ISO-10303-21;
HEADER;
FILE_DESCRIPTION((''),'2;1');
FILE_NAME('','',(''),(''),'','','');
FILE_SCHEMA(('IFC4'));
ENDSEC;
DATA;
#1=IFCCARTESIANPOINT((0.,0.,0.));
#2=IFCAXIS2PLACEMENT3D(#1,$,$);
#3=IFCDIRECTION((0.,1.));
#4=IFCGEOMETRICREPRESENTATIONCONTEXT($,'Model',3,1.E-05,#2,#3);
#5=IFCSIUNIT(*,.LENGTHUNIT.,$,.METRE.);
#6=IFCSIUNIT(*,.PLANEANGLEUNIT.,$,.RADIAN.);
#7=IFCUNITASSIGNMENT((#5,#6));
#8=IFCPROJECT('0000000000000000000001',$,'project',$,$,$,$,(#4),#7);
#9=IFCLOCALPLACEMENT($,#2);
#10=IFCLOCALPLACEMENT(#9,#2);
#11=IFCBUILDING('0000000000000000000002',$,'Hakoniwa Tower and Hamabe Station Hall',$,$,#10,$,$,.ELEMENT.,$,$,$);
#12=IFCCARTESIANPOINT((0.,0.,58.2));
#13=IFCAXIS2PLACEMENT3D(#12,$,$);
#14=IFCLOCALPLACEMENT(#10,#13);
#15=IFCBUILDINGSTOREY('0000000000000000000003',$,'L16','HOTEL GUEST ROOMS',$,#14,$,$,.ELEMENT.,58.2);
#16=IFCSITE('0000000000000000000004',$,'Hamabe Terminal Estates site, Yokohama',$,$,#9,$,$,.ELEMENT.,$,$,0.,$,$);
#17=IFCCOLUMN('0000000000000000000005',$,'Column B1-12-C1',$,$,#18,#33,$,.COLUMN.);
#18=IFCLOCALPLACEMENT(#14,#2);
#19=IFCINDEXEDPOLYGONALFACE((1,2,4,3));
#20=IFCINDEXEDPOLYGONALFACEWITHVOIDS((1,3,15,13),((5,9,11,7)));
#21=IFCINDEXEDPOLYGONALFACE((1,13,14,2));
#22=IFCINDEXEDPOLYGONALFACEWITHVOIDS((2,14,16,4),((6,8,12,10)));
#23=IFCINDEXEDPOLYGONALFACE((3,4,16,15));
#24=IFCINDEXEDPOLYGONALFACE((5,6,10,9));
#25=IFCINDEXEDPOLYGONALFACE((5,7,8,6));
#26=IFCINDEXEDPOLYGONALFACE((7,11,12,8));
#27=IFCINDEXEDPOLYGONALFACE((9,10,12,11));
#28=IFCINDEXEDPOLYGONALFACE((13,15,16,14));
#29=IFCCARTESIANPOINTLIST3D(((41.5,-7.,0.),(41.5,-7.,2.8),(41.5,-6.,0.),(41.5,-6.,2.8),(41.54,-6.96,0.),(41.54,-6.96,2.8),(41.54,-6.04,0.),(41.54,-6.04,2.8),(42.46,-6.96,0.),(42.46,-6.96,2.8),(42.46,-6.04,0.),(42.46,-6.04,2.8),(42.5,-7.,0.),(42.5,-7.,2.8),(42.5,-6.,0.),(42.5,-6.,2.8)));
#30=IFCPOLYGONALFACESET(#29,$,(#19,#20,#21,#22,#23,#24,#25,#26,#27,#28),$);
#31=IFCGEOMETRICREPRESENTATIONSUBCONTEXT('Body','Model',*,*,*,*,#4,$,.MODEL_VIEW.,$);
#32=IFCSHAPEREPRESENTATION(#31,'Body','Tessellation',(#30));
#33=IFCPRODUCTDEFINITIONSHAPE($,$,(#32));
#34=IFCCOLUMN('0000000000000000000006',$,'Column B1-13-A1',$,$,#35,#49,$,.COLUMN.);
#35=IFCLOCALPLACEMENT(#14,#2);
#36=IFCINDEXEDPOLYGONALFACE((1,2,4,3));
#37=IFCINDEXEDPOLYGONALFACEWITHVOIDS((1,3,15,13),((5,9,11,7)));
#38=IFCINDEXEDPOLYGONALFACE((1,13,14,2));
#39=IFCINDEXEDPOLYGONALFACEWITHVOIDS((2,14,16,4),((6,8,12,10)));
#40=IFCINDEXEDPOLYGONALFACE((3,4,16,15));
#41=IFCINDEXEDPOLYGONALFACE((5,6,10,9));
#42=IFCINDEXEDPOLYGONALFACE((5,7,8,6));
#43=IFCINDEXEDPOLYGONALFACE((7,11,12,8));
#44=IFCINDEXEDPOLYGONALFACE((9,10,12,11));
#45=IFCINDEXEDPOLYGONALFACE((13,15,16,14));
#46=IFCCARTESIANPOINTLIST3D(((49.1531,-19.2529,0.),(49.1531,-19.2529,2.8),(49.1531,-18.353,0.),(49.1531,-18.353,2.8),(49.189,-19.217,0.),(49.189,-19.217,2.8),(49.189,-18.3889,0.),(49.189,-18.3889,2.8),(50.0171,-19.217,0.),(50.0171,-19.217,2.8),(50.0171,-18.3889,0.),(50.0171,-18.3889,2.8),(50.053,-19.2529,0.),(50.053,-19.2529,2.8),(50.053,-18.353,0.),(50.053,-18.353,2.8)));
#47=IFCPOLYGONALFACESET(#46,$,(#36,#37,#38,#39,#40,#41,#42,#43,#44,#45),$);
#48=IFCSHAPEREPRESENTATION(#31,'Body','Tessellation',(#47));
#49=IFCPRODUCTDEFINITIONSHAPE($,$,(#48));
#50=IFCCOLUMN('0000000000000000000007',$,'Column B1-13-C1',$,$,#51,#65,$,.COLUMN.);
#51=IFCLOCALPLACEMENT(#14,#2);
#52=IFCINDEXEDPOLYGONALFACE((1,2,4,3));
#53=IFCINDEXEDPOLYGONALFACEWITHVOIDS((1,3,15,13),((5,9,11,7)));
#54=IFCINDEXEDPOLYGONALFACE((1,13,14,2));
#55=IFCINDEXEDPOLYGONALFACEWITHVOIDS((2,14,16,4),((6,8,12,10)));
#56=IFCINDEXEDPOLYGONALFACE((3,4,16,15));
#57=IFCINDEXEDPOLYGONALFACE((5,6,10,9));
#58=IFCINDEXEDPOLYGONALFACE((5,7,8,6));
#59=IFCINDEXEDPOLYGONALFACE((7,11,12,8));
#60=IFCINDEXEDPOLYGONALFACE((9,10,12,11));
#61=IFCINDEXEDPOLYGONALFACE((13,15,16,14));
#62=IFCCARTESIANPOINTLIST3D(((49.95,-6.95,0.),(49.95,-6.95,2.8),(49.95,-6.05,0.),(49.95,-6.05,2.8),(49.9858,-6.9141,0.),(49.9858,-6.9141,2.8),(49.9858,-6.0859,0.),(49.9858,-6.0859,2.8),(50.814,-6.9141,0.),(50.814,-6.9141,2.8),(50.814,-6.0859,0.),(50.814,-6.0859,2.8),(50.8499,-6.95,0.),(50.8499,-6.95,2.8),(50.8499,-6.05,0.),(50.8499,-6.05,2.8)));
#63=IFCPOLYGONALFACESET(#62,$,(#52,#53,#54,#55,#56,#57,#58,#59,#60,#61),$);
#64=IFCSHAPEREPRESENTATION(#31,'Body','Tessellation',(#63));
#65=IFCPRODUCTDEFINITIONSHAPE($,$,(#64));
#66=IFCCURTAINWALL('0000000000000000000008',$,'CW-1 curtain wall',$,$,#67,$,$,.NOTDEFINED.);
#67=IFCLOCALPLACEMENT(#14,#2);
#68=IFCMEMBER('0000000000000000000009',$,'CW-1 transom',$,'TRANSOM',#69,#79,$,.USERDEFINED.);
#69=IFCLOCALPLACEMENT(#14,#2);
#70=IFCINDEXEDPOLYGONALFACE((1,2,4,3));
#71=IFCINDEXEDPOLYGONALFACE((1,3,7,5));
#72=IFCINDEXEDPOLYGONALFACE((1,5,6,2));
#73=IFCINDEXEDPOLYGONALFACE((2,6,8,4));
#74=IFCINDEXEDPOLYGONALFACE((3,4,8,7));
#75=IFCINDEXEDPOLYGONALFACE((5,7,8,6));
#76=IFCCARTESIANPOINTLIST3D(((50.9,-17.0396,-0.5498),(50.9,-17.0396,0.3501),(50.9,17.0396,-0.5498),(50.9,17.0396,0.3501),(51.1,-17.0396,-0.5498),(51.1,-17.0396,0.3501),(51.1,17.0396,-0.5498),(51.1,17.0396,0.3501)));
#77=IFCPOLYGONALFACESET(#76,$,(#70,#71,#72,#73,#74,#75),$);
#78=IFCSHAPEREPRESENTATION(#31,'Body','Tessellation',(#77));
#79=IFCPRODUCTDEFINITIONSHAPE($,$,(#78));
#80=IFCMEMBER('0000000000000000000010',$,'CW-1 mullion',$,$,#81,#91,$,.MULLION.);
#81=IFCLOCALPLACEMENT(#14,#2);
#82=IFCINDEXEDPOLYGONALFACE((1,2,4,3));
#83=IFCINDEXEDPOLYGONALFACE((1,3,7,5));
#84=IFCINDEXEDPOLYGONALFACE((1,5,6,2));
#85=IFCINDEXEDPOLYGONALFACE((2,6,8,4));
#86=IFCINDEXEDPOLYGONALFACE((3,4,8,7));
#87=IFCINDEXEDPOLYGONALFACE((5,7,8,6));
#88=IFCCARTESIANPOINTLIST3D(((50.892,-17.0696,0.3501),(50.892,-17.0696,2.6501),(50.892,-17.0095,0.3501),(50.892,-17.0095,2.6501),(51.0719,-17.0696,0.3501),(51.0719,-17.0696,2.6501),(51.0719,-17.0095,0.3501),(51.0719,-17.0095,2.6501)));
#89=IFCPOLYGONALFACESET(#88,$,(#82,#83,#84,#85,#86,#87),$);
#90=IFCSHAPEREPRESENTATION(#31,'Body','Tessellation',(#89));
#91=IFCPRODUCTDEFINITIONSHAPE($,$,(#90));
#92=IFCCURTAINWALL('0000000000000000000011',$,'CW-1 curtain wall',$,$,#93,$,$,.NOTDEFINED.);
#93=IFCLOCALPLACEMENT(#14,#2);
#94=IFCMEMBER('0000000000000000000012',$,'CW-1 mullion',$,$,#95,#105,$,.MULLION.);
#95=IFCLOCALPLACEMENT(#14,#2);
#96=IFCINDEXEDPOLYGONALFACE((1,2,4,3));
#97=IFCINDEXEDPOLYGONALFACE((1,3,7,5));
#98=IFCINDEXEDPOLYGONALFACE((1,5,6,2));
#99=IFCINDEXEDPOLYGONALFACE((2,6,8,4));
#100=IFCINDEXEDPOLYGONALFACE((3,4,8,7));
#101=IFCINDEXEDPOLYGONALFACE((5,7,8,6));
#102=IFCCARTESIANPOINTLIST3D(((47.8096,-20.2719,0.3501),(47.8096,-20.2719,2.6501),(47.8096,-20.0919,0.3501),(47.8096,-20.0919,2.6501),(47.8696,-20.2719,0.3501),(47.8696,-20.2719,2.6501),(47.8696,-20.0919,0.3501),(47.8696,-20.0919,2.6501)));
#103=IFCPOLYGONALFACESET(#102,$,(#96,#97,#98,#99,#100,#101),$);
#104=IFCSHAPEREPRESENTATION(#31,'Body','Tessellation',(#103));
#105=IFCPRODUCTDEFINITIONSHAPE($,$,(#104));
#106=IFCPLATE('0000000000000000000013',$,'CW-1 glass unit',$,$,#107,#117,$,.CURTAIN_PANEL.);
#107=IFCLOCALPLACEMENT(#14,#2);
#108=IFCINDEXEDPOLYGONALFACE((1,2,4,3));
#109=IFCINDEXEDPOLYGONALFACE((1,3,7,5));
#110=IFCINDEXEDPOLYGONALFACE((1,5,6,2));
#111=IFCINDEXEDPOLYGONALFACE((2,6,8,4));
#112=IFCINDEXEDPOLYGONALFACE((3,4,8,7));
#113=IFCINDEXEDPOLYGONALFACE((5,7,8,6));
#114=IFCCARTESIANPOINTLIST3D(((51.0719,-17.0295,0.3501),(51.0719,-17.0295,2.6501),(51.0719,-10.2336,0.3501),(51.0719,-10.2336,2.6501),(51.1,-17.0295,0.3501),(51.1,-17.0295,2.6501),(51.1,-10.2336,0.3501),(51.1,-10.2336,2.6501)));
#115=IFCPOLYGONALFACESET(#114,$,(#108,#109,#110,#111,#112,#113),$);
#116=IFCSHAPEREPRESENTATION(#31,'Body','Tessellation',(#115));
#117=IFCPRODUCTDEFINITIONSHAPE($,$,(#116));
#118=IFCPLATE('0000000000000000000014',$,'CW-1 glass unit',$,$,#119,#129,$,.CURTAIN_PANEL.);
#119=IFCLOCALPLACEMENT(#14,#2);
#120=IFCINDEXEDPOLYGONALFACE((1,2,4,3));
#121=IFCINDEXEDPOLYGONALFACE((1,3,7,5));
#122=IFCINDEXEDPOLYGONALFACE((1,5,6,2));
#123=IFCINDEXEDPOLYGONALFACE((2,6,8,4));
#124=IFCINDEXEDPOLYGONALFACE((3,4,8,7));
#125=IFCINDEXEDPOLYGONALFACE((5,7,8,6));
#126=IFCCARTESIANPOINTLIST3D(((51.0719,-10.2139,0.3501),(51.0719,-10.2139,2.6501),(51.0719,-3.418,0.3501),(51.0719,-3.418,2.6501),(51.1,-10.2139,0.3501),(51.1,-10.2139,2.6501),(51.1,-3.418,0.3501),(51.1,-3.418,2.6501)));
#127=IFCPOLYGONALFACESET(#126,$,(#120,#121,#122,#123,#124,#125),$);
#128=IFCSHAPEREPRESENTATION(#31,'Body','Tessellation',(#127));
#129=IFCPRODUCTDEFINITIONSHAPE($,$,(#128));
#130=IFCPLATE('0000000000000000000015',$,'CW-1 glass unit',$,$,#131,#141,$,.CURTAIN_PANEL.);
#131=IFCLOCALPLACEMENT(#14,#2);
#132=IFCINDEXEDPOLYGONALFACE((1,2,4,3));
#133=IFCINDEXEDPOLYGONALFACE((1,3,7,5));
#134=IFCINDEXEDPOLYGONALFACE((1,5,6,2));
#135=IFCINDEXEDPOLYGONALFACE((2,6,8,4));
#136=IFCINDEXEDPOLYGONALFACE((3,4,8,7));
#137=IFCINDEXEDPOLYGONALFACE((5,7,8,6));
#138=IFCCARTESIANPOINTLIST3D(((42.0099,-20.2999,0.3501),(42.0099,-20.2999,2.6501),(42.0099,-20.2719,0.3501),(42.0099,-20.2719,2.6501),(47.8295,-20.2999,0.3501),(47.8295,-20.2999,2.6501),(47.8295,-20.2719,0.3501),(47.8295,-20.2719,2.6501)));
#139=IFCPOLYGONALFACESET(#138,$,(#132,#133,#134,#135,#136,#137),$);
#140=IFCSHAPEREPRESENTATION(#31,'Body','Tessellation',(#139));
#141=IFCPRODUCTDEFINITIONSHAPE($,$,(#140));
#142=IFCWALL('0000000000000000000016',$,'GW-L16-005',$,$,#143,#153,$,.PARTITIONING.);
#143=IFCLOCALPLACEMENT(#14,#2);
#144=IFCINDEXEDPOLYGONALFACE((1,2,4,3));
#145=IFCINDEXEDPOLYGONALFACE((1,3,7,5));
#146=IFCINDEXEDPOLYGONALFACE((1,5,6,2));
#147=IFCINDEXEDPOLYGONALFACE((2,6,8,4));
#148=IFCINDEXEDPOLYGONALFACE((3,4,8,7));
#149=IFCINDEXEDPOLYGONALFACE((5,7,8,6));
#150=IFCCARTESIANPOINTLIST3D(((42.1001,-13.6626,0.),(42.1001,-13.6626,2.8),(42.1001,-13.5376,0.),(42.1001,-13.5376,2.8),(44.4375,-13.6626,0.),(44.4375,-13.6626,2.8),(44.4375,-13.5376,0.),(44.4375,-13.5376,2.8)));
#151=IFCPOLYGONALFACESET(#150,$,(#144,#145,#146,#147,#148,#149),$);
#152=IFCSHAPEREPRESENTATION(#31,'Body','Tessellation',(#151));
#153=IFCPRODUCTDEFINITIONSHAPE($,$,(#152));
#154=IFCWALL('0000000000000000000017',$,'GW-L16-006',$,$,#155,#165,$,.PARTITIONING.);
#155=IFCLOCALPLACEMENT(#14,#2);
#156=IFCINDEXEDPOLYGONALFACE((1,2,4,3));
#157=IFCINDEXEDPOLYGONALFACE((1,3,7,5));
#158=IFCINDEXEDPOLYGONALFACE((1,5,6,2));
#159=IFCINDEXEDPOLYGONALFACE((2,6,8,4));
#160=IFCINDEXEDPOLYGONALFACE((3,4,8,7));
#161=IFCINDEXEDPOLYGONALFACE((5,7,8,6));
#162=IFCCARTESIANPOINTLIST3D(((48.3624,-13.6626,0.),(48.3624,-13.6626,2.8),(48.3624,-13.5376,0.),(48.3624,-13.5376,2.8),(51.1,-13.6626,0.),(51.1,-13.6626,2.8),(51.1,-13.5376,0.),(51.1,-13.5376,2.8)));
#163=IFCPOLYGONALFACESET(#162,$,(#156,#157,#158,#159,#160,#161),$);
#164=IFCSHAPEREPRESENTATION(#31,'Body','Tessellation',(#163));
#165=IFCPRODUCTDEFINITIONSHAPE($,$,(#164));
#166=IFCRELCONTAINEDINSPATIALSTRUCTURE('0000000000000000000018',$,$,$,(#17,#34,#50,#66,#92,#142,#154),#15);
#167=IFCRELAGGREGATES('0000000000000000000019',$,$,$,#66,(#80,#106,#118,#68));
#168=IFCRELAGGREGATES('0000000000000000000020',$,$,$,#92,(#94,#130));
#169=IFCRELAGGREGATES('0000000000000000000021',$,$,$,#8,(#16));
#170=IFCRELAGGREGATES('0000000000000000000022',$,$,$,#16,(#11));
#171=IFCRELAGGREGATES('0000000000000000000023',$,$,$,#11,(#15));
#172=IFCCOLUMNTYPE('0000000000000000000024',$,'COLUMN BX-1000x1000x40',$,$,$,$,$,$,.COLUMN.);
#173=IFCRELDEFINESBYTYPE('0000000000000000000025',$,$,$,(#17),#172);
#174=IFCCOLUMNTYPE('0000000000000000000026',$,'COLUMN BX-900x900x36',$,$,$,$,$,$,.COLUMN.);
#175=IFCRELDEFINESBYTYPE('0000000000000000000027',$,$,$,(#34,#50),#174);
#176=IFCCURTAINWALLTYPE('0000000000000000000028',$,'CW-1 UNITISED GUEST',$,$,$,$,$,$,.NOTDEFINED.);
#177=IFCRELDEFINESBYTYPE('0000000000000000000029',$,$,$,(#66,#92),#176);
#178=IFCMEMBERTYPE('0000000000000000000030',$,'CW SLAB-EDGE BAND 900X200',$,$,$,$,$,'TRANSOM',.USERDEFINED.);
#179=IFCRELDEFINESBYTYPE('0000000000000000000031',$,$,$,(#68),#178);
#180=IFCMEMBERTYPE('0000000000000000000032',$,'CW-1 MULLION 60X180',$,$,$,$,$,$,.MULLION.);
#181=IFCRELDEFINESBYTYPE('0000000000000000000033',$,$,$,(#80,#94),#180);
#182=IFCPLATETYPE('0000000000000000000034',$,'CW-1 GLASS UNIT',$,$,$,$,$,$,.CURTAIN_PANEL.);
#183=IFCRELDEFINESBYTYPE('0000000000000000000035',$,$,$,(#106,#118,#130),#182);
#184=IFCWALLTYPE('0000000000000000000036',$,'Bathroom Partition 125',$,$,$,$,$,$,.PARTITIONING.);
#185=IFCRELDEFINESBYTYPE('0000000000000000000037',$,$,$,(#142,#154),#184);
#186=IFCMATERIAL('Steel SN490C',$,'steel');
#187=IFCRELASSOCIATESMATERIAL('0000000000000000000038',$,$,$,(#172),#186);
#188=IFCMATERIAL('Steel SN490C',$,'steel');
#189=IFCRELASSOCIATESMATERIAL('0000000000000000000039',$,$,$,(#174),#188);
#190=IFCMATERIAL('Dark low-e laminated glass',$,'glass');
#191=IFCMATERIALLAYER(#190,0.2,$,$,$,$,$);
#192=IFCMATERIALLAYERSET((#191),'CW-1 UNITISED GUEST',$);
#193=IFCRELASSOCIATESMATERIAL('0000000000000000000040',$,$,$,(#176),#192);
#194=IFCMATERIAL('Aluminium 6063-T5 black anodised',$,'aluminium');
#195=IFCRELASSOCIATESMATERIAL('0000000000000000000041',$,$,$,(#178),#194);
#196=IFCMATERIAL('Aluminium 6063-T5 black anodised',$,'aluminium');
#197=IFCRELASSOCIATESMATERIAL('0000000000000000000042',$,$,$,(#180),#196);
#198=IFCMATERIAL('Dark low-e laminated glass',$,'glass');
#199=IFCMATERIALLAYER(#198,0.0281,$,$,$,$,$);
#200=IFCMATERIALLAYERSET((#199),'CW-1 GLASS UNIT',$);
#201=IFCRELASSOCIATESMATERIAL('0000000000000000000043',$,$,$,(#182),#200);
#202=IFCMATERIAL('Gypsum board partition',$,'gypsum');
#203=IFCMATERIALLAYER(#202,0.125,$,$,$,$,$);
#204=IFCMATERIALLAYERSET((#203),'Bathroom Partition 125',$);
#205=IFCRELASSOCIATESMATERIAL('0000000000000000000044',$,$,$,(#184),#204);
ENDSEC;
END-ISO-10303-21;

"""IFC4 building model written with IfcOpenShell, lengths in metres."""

from ifc_helpers import new_model, si_unit, direction, frame, frame_2d, origin, origin_2d, place, context, subcontext, project, spatial, rectangle, hollow_rectangle, extrude, material, layer, layer_set, material_profile, profile_set, type_object, element, aggregate, save


model = new_model("IFC4")

# Units and contexts
model_context = context("Model", 3, precision=1e-05, world=origin(), true_north=direction((0.0, 1.0)))
body_context = subcontext(model_context, "Body", "Model", "MODEL_VIEW")
ifc_project = project(units=[si_unit("LENGTHUNIT", "METRE"), si_unit("PLANEANGLEUNIT", "RADIAN")], contexts=[model_context])

# Site, building, storey
site_placement = place(None, origin())
site = spatial("IfcSite", under=ifc_project, at=site_placement, Name="Hamabe Terminal Estates site, Yokohama", CompositionType="ELEMENT", RefElevation=0.0)
building_placement = place(site_placement, origin())
building = spatial("IfcBuilding", under=site, at=building_placement, Name="Hakoniwa Tower and Hamabe Station Hall", CompositionType="ELEMENT")
storey_placement = place(building_placement, frame((0.0, 0.0, 58.2)))
storey = spatial("IfcBuildingStorey", under=building, at=storey_placement, Name="L16", Description="HOTEL GUEST ROOMS", CompositionType="ELEMENT", Elevation=58.2)

# Columns
ifc_material_1 = material(Name="Steel SN490C", Category="steel")
ifc_material_profile_1 = material_profile(ifc_material_1, hollow_rectangle(XDim=1.0, YDim=1.0, WallThickness=0.04, at=origin_2d()), Name="BX-1000x1000x40")
ifc_profile_set_1 = profile_set([ifc_material_profile_1], Name="Steel SN490C")
column_type_1 = type_object("IfcColumnType", Name="COLUMN BX-1000x1000x40", PredefinedType="COLUMN", material=ifc_profile_set_1)
column_placement = place(storey_placement, frame((42.0, -6.5, 0.0), z_axis=(0.0, 0.0, 1.0), x_axis=(1.0, 0.0, 0.0)))
element("IfcColumn", 1, at=column_placement, inside=storey, type_object=column_type_1, Name="Column B1-12-C1", PredefinedType="COLUMN", context=body_context, shape_type="SweptSolid", body=[
    extrude(hollow_rectangle(XDim=1.0, YDim=1.0, WallThickness=0.04, at=origin_2d()), origin(), (0.0, 0.0, 1.0), 2.8),
])
ifc_material_2 = material(Name="Steel SN490C", Category="steel")
ifc_material_profile_2 = material_profile(ifc_material_2, hollow_rectangle(XDim=0.8999, YDim=0.8999, WallThickness=0.0359, at=origin_2d()), Name="BX-900x900x36")
ifc_profile_set_2 = profile_set([ifc_material_profile_2], Name="Steel SN490C")
column_type_2 = type_object("IfcColumnType", Name="COLUMN BX-900x900x36", PredefinedType="COLUMN", material=ifc_profile_set_2)
for number, where, z_axis, x_axis, name in (
    (2, (49.603, -18.803, 0.0), (0.0, 0.0, 1.0), (1.0, 0.0, 0.0), "Column B1-13-A1"),
    (3, (50.3999, -6.5, 0.0), (0.0, 0.0, 1.0), (1.0, 0.0, 0.0), "Column B1-13-C1"),
):
    element("IfcColumn", number, at=place(storey_placement, frame(where, z_axis=z_axis, x_axis=x_axis)), inside=storey, type_object=column_type_2, Name=name, PredefinedType="COLUMN", context=body_context, shape_type="SweptSolid", body=[
        extrude(hollow_rectangle(XDim=0.8999, YDim=0.8999, WallThickness=0.0359, at=origin_2d()), origin(), (0.0, 0.0, 1.0), 2.8),
    ])

# Curtain wall, members
ifc_material_3 = material(Name="Dark low-e laminated glass", Category="glass")
ifc_layer_1 = layer(ifc_material_3, 0.2)
ifc_layer_set_1 = layer_set([ifc_layer_1], Name="CW-1 UNITISED GUEST")
curtain_wall_type = type_object("IfcCurtainWallType", Name="CW-1 UNITISED GUEST", PredefinedType="NOTDEFINED", material=ifc_layer_set_1)
curtain_wall_1_placement = place(storey_placement, origin())
curtain_wall_1 = element("IfcCurtainWall", 4, at=curtain_wall_1_placement, inside=storey, type_object=curtain_wall_type, Name="CW-1 curtain wall", PredefinedType="NOTDEFINED")
ifc_material_4 = material(Name="Aluminium 6063-T5 black anodised", Category="aluminium")
ifc_material_profile_3 = material_profile(ifc_material_4, rectangle(XDim=0.2, YDim=0.8999, at=origin_2d()), Name="CW SLAB-EDGE BAND 900X200")
ifc_profile_set_3 = profile_set([ifc_material_profile_3], Name="Aluminium 6063-T5 black anodised")
member_type_1 = type_object("IfcMemberType", Name="CW SLAB-EDGE BAND 900X200", ElementType="TRANSOM", PredefinedType="USERDEFINED", material=ifc_profile_set_3)
member_1_placement = place(storey_placement, frame((51.0, -17.0396, -0.0999), z_axis=(0.0, 1.0, 0.0), x_axis=(-1.0, 0.0, 0.0)))
member_1 = element("IfcMember", 5, at=member_1_placement, type_object=member_type_1, Name="CW-1 transom", ObjectType="TRANSOM", PredefinedType="USERDEFINED", context=body_context, shape_type="SweptSolid", body=[
    extrude(rectangle(XDim=0.2, YDim=0.8999, at=origin_2d()), origin(), (0.0, 0.0, 1.0), 34.0791),
])
ifc_material_5 = material(Name="Aluminium 6063-T5 black anodised", Category="aluminium")
ifc_material_profile_4 = material_profile(ifc_material_5, rectangle(XDim=0.0601, YDim=0.1799, at=origin_2d()), Name="CW-1 MULLION 60X180")
ifc_profile_set_4 = profile_set([ifc_material_profile_4], Name="Aluminium 6063-T5 black anodised")
member_type_2 = type_object("IfcMemberType", Name="CW-1 MULLION 60X180", PredefinedType="MULLION", material=ifc_profile_set_4)
member_2_placement = place(storey_placement, frame((50.9819, -17.0396, 0.3501), z_axis=(0.0, 0.0, 1.0), x_axis=(0.0, 1.0, 0.0)))
member_2 = element("IfcMember", 6, at=member_2_placement, type_object=member_type_2, Name="CW-1 mullion", PredefinedType="MULLION", context=body_context, shape_type="SweptSolid", body=[
    extrude(rectangle(XDim=0.0601, YDim=0.1799, at=origin_2d()), origin(), (0.0, 0.0, 1.0), 2.3),
])

# Curtain wall, member
curtain_wall_2_placement = place(storey_placement, origin())
curtain_wall_2 = element("IfcCurtainWall", 7, at=curtain_wall_2_placement, inside=storey, type_object=curtain_wall_type, Name="CW-1 curtain wall", PredefinedType="NOTDEFINED")
member_3_placement = place(storey_placement, frame((47.8396, -20.1819, 0.3501), z_axis=(0.0, 0.0, 1.0), x_axis=(1.0, 0.0, 0.0)))
member_3 = element("IfcMember", 8, at=member_3_placement, type_object=member_type_2, Name="CW-1 mullion", PredefinedType="MULLION", context=body_context, shape_type="SweptSolid", body=[
    extrude(rectangle(XDim=0.0601, YDim=0.1799, at=origin_2d()), origin(), (0.0, 0.0, 1.0), 2.3),
])

# Plates
ifc_material_6 = material(Name="Dark low-e laminated glass", Category="glass")
ifc_layer_2 = layer(ifc_material_6, 0.0281)
ifc_layer_set_2 = layer_set([ifc_layer_2], Name="CW-1 GLASS UNIT")
plate_type = type_object("IfcPlateType", Name="CW-1 GLASS UNIT", PredefinedType="CURTAIN_PANEL", material=ifc_layer_set_2)
plate_1_placement = place(storey_placement, frame((51.0859, -13.6316, 0.3501), z_axis=(0.0, 0.0, 1.0), x_axis=(0.0, 1.0, 0.0)))
plate_1 = element("IfcPlate", 9, at=plate_1_placement, type_object=plate_type, Name="CW-1 glass unit", PredefinedType="CURTAIN_PANEL", context=body_context, shape_type="SweptSolid", body=[
    extrude(rectangle(XDim=6.7959, YDim=0.0281, at=origin_2d()), origin(), (0.0, 0.0, 1.0), 2.3),
])
plate_2_placement = place(storey_placement, frame((51.0859, -6.8159, 0.3501), z_axis=(0.0, 0.0, 1.0), x_axis=(0.0, 1.0, 0.0)))
plate_2 = element("IfcPlate", 10, at=plate_2_placement, type_object=plate_type, Name="CW-1 glass unit", PredefinedType="CURTAIN_PANEL", context=body_context, shape_type="SweptSolid", body=[
    extrude(rectangle(XDim=6.7959, YDim=0.0281, at=origin_2d()), origin(), (0.0, 0.0, 1.0), 2.3),
])
aggregate(curtain_wall_1, [member_2, plate_1, plate_2, member_1])
plate_3_placement = place(storey_placement, frame((44.9197, -20.2859, 0.3501), z_axis=(0.0, 0.0, 1.0), x_axis=(1.0, 0.0, 0.0)))
plate_3 = element("IfcPlate", 11, at=plate_3_placement, type_object=plate_type, Name="CW-1 glass unit", PredefinedType="CURTAIN_PANEL", context=body_context, shape_type="SweptSolid", body=[
    extrude(rectangle(XDim=5.8196, YDim=0.0281, at=origin_2d()), origin(), (0.0, 0.0, 1.0), 2.3),
])
aggregate(curtain_wall_2, [member_3, plate_3])

# Walls
ifc_material_7 = material(Name="Gypsum board partition", Category="gypsum")
ifc_layer_3 = layer(ifc_material_7, 0.125)
ifc_layer_set_3 = layer_set([ifc_layer_3], Name="Bathroom Partition 125")
wall_type_1 = type_object("IfcWallType", Name="Bathroom Partition 125", PredefinedType="PARTITIONING", material=ifc_layer_set_3)
wall_1_placement = place(storey_placement, frame((42.1001, -13.6001, 0.0), z_axis=(0.0, 0.0, 1.0), x_axis=(1.0, 0.0, 0.0)))
element("IfcWall", 12, at=wall_1_placement, inside=storey, type_object=wall_type_1, Name="GW-L16-005", PredefinedType="PARTITIONING", context=body_context, shape_type="SweptSolid", body=[
    extrude(rectangle(XDim=2.3374, YDim=0.125, at=frame_2d((1.1687, 0.0))), origin(), (0.0, 0.0, 1.0), 2.8),
])
wall_2_placement = place(storey_placement, frame((48.3625, -13.6001, 0.0), z_axis=(0.0, 0.0, 1.0), x_axis=(1.0, 0.0, 0.0)))
element("IfcWall", 13, at=wall_2_placement, inside=storey, type_object=wall_type_1, Name="GW-L16-006", PredefinedType="PARTITIONING", context=body_context, shape_type="SweptSolid", body=[
    extrude(rectangle(XDim=2.7375, YDim=0.125, at=frame_2d((1.3687, 0.0))), origin(), (0.0, 0.0, 1.0), 2.8),
])

save(model, "model.ifc")
